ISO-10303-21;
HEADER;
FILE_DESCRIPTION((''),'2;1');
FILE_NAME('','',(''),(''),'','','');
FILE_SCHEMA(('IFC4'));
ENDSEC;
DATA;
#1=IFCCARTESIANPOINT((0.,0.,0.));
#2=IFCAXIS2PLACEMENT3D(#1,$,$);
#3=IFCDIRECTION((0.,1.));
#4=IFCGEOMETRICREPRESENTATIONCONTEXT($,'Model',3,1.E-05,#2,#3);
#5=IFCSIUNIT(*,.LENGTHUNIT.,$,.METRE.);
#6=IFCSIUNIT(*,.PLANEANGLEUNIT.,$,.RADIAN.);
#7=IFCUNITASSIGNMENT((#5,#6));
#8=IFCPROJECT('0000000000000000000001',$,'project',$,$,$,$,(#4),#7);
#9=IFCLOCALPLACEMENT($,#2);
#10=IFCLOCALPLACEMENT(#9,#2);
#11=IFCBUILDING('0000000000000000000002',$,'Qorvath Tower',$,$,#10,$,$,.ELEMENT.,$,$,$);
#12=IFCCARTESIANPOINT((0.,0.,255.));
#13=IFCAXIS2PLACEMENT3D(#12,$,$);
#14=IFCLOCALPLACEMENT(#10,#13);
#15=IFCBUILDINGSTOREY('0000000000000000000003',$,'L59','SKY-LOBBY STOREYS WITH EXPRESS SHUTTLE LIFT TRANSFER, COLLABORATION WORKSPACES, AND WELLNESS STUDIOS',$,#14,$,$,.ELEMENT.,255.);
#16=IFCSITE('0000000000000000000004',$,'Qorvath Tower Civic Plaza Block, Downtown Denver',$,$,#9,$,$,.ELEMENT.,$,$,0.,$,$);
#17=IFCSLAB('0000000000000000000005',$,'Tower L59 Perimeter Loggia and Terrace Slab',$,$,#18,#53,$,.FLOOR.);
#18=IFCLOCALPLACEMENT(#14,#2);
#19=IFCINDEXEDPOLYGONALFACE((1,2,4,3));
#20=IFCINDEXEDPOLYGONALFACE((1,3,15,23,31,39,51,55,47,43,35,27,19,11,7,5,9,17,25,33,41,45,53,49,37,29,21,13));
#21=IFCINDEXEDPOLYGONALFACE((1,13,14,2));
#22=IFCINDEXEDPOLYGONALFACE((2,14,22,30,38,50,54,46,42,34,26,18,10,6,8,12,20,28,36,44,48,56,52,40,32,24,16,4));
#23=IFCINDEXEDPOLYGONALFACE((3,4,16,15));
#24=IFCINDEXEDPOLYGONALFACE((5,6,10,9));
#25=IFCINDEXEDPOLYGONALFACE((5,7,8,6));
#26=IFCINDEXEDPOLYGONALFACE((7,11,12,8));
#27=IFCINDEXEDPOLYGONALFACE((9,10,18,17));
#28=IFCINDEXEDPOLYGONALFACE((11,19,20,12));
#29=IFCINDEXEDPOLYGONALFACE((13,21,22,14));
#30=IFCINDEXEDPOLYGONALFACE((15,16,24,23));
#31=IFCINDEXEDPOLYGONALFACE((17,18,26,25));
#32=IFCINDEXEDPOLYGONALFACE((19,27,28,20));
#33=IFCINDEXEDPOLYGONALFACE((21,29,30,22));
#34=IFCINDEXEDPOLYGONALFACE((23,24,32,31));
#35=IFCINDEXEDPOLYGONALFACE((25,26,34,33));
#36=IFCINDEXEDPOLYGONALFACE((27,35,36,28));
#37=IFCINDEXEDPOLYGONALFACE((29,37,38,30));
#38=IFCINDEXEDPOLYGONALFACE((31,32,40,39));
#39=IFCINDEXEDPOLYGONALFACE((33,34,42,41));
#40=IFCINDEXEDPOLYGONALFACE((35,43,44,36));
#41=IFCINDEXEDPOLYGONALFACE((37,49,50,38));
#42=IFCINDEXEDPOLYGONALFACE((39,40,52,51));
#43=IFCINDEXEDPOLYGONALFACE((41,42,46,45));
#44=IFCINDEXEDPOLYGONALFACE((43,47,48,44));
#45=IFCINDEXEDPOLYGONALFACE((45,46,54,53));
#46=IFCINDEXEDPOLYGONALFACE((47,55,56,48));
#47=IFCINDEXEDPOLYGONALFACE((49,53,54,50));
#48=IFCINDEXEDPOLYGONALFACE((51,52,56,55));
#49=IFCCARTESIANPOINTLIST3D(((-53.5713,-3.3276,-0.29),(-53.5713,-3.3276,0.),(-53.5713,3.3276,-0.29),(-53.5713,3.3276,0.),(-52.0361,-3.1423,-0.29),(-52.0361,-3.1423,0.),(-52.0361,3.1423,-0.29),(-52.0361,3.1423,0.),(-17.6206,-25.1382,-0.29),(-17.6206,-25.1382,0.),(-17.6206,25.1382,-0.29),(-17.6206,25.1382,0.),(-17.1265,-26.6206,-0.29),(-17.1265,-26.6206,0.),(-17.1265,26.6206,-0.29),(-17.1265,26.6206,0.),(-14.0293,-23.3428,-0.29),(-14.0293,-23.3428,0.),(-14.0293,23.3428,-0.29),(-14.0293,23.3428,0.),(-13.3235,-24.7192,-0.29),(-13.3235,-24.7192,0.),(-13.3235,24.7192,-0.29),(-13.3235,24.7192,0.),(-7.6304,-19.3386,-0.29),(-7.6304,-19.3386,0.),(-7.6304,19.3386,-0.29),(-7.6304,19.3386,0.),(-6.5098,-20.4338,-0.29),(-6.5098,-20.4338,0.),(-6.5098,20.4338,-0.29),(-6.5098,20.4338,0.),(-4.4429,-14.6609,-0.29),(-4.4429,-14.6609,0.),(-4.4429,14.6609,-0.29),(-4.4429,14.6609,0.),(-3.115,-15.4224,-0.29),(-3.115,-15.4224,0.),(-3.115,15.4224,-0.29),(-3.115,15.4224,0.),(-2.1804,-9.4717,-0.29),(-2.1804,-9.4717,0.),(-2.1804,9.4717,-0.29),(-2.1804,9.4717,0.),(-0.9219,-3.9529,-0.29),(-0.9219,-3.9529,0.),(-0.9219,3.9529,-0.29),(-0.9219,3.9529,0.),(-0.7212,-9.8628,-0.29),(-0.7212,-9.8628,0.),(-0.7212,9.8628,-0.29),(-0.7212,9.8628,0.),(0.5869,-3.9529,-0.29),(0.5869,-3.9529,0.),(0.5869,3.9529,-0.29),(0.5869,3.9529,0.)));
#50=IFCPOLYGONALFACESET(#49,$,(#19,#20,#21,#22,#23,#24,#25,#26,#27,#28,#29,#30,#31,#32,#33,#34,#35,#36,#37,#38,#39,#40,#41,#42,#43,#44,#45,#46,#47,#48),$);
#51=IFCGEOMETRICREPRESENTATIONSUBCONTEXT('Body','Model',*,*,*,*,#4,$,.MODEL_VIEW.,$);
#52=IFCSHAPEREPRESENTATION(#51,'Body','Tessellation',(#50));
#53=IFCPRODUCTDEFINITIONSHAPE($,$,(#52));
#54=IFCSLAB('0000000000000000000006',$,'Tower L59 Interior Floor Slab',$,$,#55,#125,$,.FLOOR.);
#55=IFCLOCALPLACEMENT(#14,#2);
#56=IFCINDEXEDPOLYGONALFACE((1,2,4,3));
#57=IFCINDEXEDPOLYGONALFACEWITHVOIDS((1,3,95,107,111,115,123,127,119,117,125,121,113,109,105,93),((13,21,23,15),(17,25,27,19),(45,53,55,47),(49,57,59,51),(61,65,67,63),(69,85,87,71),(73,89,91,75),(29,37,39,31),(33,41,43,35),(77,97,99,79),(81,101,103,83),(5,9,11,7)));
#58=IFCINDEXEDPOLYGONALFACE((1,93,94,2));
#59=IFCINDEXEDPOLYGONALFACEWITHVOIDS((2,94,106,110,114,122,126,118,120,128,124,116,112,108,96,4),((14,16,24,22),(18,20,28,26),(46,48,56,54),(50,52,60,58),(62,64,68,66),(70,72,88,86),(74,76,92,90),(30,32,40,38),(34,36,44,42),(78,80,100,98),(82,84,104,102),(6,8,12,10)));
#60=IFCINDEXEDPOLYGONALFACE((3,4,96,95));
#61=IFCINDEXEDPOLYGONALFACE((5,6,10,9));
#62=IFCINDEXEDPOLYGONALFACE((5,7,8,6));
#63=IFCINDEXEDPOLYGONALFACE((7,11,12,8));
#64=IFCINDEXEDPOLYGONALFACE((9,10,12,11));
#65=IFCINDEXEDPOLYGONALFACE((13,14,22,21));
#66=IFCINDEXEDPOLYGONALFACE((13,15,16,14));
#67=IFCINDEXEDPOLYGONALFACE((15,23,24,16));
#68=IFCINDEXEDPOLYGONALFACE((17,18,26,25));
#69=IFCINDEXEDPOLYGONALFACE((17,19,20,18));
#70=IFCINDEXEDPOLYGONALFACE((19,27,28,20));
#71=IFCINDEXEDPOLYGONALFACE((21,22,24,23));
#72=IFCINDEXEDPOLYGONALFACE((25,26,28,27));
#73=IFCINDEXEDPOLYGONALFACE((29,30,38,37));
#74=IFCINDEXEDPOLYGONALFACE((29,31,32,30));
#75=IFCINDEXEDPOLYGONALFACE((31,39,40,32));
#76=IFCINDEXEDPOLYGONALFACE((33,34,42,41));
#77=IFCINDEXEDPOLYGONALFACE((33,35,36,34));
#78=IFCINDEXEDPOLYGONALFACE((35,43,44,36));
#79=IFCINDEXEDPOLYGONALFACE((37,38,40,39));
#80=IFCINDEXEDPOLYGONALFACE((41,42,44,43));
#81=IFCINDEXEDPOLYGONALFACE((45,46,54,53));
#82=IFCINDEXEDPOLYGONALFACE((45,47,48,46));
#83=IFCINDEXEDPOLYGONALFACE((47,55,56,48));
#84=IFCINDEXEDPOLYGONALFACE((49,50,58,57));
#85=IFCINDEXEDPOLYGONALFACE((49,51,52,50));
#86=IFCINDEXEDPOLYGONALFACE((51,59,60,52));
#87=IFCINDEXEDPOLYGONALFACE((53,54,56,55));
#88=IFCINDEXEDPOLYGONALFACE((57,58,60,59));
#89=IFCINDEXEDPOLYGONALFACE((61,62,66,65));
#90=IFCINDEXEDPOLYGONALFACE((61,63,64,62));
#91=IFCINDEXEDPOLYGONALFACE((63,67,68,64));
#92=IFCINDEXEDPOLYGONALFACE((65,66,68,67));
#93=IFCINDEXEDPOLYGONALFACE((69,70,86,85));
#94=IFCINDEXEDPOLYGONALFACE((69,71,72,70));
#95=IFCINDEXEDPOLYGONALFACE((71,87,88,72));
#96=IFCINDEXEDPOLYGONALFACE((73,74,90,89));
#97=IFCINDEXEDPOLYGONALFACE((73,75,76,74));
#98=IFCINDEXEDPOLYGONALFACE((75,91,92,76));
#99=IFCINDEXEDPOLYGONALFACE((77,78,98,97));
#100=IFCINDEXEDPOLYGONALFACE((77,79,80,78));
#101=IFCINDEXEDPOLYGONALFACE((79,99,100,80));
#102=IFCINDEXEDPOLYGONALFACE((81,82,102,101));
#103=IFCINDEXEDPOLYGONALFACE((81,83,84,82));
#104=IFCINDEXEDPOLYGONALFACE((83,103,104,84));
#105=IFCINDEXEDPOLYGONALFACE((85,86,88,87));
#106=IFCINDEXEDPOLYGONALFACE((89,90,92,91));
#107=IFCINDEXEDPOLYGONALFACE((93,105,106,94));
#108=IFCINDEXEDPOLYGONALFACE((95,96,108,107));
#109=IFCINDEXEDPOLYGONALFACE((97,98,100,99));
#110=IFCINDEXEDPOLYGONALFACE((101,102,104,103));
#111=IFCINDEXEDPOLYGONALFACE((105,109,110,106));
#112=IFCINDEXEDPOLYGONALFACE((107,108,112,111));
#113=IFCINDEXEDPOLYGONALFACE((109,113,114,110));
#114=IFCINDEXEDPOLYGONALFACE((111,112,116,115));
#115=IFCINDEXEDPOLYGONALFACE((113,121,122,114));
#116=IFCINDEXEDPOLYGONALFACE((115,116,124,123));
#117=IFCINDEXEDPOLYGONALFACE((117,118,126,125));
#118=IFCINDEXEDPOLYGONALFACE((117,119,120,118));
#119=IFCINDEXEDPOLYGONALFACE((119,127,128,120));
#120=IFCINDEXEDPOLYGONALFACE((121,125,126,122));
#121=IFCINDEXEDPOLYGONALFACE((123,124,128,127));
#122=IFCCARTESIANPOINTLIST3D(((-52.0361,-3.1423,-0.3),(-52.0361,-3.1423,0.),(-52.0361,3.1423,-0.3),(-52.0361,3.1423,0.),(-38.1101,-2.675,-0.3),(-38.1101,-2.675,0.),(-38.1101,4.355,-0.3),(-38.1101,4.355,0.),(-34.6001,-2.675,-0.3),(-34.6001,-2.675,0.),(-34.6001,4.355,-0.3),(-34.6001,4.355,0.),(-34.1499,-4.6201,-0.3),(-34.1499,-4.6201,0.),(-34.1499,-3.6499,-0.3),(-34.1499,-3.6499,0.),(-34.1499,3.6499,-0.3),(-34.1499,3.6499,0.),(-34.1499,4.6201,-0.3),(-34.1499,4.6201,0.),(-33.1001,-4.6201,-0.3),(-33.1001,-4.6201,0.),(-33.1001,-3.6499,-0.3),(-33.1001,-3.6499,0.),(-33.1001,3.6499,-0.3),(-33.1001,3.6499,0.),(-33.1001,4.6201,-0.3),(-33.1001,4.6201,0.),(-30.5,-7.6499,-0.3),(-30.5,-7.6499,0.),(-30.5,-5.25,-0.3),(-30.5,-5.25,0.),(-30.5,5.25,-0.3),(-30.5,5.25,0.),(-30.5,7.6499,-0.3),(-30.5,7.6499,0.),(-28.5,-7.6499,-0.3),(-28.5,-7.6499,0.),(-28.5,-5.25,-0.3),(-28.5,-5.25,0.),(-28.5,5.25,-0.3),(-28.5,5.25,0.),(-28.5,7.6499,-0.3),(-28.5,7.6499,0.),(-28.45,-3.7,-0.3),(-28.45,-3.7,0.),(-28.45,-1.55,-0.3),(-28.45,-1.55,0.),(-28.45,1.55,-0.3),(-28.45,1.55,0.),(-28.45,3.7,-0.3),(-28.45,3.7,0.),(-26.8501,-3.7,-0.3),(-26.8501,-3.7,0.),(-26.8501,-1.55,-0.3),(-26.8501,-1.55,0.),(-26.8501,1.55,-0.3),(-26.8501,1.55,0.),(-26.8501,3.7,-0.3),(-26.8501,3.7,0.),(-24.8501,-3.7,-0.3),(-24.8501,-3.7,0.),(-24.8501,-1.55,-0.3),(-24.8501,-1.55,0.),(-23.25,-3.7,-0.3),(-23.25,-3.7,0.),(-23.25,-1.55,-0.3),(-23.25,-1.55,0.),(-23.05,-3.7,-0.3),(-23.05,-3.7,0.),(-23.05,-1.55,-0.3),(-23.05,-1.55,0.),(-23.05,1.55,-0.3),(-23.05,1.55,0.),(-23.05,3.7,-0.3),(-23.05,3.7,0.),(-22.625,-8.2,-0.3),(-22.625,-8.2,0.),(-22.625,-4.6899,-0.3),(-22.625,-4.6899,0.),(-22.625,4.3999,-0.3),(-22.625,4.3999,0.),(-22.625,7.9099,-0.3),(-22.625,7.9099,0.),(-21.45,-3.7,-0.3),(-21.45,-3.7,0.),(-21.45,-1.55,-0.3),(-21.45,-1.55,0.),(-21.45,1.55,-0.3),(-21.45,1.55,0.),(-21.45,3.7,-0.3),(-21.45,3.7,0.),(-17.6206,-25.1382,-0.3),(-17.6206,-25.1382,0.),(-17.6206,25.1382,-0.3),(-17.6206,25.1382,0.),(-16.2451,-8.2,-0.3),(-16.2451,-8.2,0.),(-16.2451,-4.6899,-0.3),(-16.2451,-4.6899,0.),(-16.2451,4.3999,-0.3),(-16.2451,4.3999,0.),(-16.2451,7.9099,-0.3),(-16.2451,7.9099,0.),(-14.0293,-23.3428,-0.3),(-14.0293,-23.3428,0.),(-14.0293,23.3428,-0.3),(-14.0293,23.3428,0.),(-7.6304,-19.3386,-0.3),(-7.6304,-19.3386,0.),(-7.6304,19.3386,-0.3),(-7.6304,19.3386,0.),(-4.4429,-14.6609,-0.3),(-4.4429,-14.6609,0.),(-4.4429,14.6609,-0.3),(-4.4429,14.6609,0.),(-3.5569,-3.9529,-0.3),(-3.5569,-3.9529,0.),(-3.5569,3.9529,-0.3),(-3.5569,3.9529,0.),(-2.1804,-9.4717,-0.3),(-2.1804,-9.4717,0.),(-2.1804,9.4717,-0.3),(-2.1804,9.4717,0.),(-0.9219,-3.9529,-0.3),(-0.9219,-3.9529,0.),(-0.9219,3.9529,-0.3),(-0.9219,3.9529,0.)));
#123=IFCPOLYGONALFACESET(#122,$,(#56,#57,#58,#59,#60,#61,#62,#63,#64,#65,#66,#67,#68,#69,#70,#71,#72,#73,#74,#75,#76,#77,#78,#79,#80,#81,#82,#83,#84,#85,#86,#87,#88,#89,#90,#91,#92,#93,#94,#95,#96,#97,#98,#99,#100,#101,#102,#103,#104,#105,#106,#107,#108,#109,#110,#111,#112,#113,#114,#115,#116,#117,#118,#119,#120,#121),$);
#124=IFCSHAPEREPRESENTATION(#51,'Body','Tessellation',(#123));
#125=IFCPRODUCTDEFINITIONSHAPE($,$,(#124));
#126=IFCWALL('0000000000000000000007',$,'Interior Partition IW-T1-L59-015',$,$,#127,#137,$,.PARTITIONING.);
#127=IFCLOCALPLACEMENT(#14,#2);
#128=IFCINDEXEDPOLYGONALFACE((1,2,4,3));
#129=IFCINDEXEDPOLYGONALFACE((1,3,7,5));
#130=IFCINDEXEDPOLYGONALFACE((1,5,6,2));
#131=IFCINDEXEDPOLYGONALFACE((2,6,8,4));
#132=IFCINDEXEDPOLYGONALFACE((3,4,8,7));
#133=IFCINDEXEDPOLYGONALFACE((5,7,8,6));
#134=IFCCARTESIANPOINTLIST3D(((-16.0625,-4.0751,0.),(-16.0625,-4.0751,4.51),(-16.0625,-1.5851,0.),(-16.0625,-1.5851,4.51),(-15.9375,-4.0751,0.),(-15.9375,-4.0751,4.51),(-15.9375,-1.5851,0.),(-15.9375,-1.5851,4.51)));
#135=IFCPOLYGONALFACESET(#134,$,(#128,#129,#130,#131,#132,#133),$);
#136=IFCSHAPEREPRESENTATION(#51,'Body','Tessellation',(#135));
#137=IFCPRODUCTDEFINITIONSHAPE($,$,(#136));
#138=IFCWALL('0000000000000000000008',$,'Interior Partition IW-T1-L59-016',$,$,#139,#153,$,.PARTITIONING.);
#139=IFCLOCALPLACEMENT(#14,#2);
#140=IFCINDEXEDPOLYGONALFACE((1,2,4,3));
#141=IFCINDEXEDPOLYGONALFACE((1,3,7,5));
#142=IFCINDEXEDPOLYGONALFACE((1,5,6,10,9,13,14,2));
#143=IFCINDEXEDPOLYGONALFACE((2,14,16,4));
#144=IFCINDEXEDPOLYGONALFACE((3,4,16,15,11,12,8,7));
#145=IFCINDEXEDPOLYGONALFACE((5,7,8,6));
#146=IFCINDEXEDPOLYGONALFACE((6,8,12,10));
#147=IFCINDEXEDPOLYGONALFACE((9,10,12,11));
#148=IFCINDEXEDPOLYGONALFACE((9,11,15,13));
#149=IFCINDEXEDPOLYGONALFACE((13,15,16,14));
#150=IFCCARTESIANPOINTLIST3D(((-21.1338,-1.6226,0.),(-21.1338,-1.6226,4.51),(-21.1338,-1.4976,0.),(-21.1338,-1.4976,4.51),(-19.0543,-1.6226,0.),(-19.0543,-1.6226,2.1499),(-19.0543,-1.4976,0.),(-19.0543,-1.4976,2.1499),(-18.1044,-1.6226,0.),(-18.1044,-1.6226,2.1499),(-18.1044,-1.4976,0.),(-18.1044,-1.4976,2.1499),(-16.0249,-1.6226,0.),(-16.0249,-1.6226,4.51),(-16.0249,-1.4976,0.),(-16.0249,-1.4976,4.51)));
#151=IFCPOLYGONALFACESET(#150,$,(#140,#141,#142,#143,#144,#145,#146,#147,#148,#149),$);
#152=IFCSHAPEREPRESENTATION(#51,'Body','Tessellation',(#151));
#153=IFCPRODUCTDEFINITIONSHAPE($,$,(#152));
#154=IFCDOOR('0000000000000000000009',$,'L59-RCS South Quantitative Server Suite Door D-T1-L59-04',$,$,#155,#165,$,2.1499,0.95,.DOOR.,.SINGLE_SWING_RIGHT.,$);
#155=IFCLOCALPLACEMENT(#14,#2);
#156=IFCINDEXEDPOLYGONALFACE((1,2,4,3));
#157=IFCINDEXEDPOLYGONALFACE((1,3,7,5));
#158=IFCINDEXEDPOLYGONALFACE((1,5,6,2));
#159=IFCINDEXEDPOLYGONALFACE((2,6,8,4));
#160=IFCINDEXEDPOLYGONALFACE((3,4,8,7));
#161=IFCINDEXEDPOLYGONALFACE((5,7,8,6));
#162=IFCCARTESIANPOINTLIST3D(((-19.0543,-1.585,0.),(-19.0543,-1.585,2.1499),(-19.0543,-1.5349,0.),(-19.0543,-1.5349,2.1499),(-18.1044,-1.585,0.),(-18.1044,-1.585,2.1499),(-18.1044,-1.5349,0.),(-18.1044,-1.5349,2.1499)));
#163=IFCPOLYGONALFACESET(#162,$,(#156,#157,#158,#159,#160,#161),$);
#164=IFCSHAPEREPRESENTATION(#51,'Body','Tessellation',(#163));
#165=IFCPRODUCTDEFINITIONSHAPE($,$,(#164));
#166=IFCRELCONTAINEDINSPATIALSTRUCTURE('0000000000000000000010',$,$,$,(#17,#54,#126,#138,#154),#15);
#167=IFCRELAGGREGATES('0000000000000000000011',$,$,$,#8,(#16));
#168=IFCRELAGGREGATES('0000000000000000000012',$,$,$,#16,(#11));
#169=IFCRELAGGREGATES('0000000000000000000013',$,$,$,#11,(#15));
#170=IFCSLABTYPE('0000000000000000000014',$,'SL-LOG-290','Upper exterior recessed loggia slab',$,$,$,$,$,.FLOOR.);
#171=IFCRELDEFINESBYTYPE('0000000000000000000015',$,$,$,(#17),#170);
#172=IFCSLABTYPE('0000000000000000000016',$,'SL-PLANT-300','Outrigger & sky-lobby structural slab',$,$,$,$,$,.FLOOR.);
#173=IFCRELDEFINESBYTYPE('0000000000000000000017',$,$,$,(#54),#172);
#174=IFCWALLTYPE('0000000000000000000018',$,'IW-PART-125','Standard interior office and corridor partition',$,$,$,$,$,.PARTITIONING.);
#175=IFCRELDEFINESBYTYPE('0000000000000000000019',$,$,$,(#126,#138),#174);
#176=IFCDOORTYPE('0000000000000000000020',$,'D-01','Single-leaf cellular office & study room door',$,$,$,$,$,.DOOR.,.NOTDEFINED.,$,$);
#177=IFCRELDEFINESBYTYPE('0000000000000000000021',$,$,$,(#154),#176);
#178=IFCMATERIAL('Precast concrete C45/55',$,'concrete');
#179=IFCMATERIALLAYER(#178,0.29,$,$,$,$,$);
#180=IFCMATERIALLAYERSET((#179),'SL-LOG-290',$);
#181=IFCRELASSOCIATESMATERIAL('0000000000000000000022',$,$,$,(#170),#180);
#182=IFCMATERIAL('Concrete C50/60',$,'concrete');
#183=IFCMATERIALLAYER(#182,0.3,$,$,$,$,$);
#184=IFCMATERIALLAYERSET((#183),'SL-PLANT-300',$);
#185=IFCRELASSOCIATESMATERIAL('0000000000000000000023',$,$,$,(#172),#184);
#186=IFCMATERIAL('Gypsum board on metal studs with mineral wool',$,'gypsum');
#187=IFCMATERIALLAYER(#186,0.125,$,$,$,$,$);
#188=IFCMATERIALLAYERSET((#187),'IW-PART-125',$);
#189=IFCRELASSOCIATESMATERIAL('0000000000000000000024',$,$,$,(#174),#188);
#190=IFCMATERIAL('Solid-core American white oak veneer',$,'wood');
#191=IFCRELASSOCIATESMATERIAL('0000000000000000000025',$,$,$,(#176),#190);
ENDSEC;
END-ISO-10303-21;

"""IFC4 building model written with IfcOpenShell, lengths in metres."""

from ifc_helpers import new_model, si_unit, direction, frame, frame_2d, origin, place, context, subcontext, project, spatial, polyline, rectangle, outline, extrude, material, layer, layer_set, type_object, element, fill, save


model = new_model("IFC4")

# Units and contexts
model_context = context("Model", 3, precision=1e-05, world=origin(), true_north=direction((0.0, 1.0)))
body_context = subcontext(model_context, "Body", "Model", "MODEL_VIEW")
ifc_project = project(units=[si_unit("LENGTHUNIT", "METRE"), si_unit("PLANEANGLEUNIT", "RADIAN")], contexts=[model_context])

# Site, building, storey
site_placement = place(None, origin())
site = spatial("IfcSite", under=ifc_project, at=site_placement, Name="Qorvath Tower Civic Plaza Block, Downtown Denver", CompositionType="ELEMENT", RefElevation=0.0)
building_placement = place(site_placement, origin())
building = spatial("IfcBuilding", under=site, at=building_placement, Name="Qorvath Tower", CompositionType="ELEMENT")
storey_placement = place(building_placement, frame((0.0, 0.0, 255.0)))
storey = spatial("IfcBuildingStorey", under=building, at=storey_placement, Name="L59", Description="SKY-LOBBY STOREYS WITH EXPRESS SHUTTLE LIFT TRANSFER, COLLABORATION WORKSPACES, AND WELLNESS STUDIOS", CompositionType="ELEMENT", Elevation=255.0)

# Slabs
ifc_material_1 = material(Name="Precast concrete C45/55", Category="concrete")
ifc_layer_1 = layer(ifc_material_1, 0.29)
ifc_layer_set_1 = layer_set([ifc_layer_1], Name="SL-LOG-290")
slab_type_1 = type_object("IfcSlabType", Name="SL-LOG-290", Description="Upper exterior recessed loggia slab", PredefinedType="FLOOR", material=ifc_layer_set_1)
slab_1_placement = place(storey_placement, frame((0.0, 0.0, -0.29)))
element("IfcSlab", 1, at=slab_1_placement, inside=storey, type_object=slab_type_1, Name="Tower L59 Perimeter Loggia and Terrace Slab", PredefinedType="FLOOR", context=body_context, shape_type="SweptSolid", body=[
    extrude(outline(polyline([(-0.9219, -3.9529), (-2.1804, -9.4717), (-4.4429, -14.6609), (-7.6304, -19.3386), (-14.0293, -23.3428), (-17.6206, -25.1382), (-52.0361, -3.1423), (-52.0361, 3.1423), (-17.6206, 25.1382), (-14.0293, 23.3428), (-7.6304, 19.3386), (-4.4429, 14.6609), (-2.1804, 9.4717), (-0.9219, 3.9529), (0.5869, 3.9529), (-0.7212, 9.8628), (-3.115, 15.4224), (-6.5098, 20.4338), (-13.3235, 24.7192), (-17.1265, 26.6206), (-53.5713, 3.3276), (-53.5713, -3.3276), (-17.1265, -26.6206), (-13.3235, -24.7192), (-6.5098, -20.4338), (-3.115, -15.4224), (-0.7212, -9.8628), (0.5869, -3.9529), (-0.9219, -3.9529)])), origin(), (0.0, 0.0, 1.0), 0.29),
])
ifc_material_2 = material(Name="Concrete C50/60", Category="concrete")
ifc_layer_2 = layer(ifc_material_2, 0.3)
ifc_layer_set_2 = layer_set([ifc_layer_2], Name="SL-PLANT-300")
slab_type_2 = type_object("IfcSlabType", Name="SL-PLANT-300", Description="Outrigger & sky-lobby structural slab", PredefinedType="FLOOR", material=ifc_layer_set_2)
slab_2_placement = place(storey_placement, frame((0.0, 0.0, -0.3)))
element("IfcSlab", 2, at=slab_2_placement, inside=storey, type_object=slab_type_2, Name="Tower L59 Interior Floor Slab", PredefinedType="FLOOR", context=body_context, shape_type="SweptSolid", body=[
    extrude(outline(polyline([(-52.0361, 3.1423), (-52.0361, -3.1423), (-17.6206, -25.1382), (-14.0293, -23.3428), (-7.6304, -19.3386), (-4.4429, -14.6609), (-2.1804, -9.4717), (-0.9219, -3.9529), (-3.5569, -3.9529), (-3.5569, 3.9529), (-0.9219, 3.9529), (-2.1804, 9.4717), (-4.4429, 14.6609), (-7.6304, 19.3386), (-14.0293, 23.3428), (-17.6206, 25.1382), (-52.0361, 3.1423)]), holes=[polyline([(-16.2451, -8.2), (-22.625, -8.2), (-22.625, -4.6899), (-16.2451, -4.6899), (-16.2451, -8.2)]), polyline([(-22.625, 4.3999), (-22.625, 7.9099), (-16.2451, 7.9099), (-16.2451, 4.3999), (-22.625, 4.3999)]), polyline([(-21.45, -3.7), (-23.05, -3.7), (-23.05, -1.55), (-21.45, -1.55), (-21.45, -3.7)]), polyline([(-23.05, 1.55), (-23.05, 3.7), (-21.45, 3.7), (-21.45, 1.55), (-23.05, 1.55)]), polyline([(-24.8501, -3.7), (-24.8501, -1.55), (-23.25, -1.55), (-23.25, -3.7), (-24.8501, -3.7)]), polyline([(-28.45, -3.7), (-28.45, -1.55), (-26.8501, -1.55), (-26.8501, -3.7), (-28.45, -3.7)]), polyline([(-26.8501, 1.55), (-28.45, 1.55), (-28.45, 3.7), (-26.8501, 3.7), (-26.8501, 1.55)]), polyline([(-28.5, -7.6499), (-30.5, -7.6499), (-30.5, -5.25), (-28.5, -5.25), (-28.5, -7.6499)]), polyline([(-30.5, 5.25), (-30.5, 7.6499), (-28.5, 7.6499), (-28.5, 5.25), (-30.5, 5.25)]), polyline([(-34.1499, -4.6201), (-34.1499, -3.6499), (-33.1001, -3.6499), (-33.1001, -4.6201), (-34.1499, -4.6201)]), polyline([(-34.1499, 3.6499), (-34.1499, 4.6201), (-33.1001, 4.6201), (-33.1001, 3.6499), (-34.1499, 3.6499)]), polyline([(-34.6001, -2.675), (-38.1101, -2.675), (-38.1101, 4.355), (-34.6001, 4.355), (-34.6001, -2.675)])]), origin(), (0.0, 0.0, 1.0), 0.3),
])

# Wall
ifc_material_3 = material(Name="Gypsum board on metal studs with mineral wool", Category="gypsum")
ifc_layer_3 = layer(ifc_material_3, 0.125)
ifc_layer_set_3 = layer_set([ifc_layer_3], Name="IW-PART-125")
wall_type_1 = type_object("IfcWallType", Name="IW-PART-125", Description="Standard interior office and corridor partition", PredefinedType="PARTITIONING", material=ifc_layer_set_3)
wall_1_placement = place(storey_placement, frame((-16.0, -4.0752, 0.0), z_axis=(0.0, 0.0, 1.0), x_axis=(0.0, 1.0, 0.0)))
element("IfcWall", 3, at=wall_1_placement, inside=storey, type_object=wall_type_1, Name="Interior Partition IW-T1-L59-015", PredefinedType="PARTITIONING", context=body_context, shape_type="SweptSolid", body=[
    extrude(rectangle(XDim=2.49, YDim=0.125, at=frame_2d((1.2451, 0.0))), origin(), (0.0, 0.0, 1.0), 4.51),
])

# Wall, opening, door
wall_2_placement = place(storey_placement, frame((-16.0249, -1.5601, 0.0), z_axis=(0.0, 0.0, 1.0), x_axis=(-1.0, 0.0, 0.0)))
wall_2 = element("IfcWall", 4, at=wall_2_placement, inside=storey, type_object=wall_type_1, Name="Interior Partition IW-T1-L59-016", PredefinedType="PARTITIONING", context=body_context, shape_type="SweptSolid", body=[
    extrude(rectangle(XDim=5.1089, YDim=0.125, at=frame_2d((2.5544, 0.0))), origin(), (0.0, 0.0, 1.0), 4.51),
])
opening_1_placement = place(wall_2_placement, frame((2.0793, 0.0, 0.0)))
opening_1 = element("IfcOpeningElement", 5, at=opening_1_placement, cuts=wall_2, PredefinedType="OPENING", context=body_context, shape_type="SweptSolid", body=[
    extrude(rectangle(XDim=0.95, YDim=2.1499, at=frame_2d((0.4751, 1.075))), frame((0.0, 0.0725, 0.0), z_axis=(0.0, -1.0, 0.0), x_axis=(1.0, 0.0, 0.0)), (0.0, 0.0, 1.0), 0.145),
])
ifc_material_4 = material(Name="Solid-core American white oak veneer", Category="wood")
door_type = type_object("IfcDoorType", Name="D-01", Description="Single-leaf cellular office & study room door", OperationType="NOTDEFINED", PredefinedType="DOOR", material=ifc_material_4)
door_1_placement = place(opening_1_placement, origin())
door_1 = element("IfcDoor", 6, at=door_1_placement, inside=storey, type_object=door_type, Name="L59-RCS South Quantitative Server Suite Door D-T1-L59-04", OperationType="SINGLE_SWING_RIGHT", OverallHeight=2.1499, OverallWidth=0.95, PredefinedType="DOOR", context=body_context, shape_type="SweptSolid", body=[
    extrude(rectangle(XDim=0.95, YDim=2.1499, at=frame_2d((0.4751, 1.075))), frame((0.0, 0.0249, 0.0), z_axis=(0.0, -1.0, 0.0), x_axis=(1.0, 0.0, 0.0)), (0.0, 0.0, 1.0), 0.05),
])
fill(opening_1, door_1)

save(model, "model.ifc")
